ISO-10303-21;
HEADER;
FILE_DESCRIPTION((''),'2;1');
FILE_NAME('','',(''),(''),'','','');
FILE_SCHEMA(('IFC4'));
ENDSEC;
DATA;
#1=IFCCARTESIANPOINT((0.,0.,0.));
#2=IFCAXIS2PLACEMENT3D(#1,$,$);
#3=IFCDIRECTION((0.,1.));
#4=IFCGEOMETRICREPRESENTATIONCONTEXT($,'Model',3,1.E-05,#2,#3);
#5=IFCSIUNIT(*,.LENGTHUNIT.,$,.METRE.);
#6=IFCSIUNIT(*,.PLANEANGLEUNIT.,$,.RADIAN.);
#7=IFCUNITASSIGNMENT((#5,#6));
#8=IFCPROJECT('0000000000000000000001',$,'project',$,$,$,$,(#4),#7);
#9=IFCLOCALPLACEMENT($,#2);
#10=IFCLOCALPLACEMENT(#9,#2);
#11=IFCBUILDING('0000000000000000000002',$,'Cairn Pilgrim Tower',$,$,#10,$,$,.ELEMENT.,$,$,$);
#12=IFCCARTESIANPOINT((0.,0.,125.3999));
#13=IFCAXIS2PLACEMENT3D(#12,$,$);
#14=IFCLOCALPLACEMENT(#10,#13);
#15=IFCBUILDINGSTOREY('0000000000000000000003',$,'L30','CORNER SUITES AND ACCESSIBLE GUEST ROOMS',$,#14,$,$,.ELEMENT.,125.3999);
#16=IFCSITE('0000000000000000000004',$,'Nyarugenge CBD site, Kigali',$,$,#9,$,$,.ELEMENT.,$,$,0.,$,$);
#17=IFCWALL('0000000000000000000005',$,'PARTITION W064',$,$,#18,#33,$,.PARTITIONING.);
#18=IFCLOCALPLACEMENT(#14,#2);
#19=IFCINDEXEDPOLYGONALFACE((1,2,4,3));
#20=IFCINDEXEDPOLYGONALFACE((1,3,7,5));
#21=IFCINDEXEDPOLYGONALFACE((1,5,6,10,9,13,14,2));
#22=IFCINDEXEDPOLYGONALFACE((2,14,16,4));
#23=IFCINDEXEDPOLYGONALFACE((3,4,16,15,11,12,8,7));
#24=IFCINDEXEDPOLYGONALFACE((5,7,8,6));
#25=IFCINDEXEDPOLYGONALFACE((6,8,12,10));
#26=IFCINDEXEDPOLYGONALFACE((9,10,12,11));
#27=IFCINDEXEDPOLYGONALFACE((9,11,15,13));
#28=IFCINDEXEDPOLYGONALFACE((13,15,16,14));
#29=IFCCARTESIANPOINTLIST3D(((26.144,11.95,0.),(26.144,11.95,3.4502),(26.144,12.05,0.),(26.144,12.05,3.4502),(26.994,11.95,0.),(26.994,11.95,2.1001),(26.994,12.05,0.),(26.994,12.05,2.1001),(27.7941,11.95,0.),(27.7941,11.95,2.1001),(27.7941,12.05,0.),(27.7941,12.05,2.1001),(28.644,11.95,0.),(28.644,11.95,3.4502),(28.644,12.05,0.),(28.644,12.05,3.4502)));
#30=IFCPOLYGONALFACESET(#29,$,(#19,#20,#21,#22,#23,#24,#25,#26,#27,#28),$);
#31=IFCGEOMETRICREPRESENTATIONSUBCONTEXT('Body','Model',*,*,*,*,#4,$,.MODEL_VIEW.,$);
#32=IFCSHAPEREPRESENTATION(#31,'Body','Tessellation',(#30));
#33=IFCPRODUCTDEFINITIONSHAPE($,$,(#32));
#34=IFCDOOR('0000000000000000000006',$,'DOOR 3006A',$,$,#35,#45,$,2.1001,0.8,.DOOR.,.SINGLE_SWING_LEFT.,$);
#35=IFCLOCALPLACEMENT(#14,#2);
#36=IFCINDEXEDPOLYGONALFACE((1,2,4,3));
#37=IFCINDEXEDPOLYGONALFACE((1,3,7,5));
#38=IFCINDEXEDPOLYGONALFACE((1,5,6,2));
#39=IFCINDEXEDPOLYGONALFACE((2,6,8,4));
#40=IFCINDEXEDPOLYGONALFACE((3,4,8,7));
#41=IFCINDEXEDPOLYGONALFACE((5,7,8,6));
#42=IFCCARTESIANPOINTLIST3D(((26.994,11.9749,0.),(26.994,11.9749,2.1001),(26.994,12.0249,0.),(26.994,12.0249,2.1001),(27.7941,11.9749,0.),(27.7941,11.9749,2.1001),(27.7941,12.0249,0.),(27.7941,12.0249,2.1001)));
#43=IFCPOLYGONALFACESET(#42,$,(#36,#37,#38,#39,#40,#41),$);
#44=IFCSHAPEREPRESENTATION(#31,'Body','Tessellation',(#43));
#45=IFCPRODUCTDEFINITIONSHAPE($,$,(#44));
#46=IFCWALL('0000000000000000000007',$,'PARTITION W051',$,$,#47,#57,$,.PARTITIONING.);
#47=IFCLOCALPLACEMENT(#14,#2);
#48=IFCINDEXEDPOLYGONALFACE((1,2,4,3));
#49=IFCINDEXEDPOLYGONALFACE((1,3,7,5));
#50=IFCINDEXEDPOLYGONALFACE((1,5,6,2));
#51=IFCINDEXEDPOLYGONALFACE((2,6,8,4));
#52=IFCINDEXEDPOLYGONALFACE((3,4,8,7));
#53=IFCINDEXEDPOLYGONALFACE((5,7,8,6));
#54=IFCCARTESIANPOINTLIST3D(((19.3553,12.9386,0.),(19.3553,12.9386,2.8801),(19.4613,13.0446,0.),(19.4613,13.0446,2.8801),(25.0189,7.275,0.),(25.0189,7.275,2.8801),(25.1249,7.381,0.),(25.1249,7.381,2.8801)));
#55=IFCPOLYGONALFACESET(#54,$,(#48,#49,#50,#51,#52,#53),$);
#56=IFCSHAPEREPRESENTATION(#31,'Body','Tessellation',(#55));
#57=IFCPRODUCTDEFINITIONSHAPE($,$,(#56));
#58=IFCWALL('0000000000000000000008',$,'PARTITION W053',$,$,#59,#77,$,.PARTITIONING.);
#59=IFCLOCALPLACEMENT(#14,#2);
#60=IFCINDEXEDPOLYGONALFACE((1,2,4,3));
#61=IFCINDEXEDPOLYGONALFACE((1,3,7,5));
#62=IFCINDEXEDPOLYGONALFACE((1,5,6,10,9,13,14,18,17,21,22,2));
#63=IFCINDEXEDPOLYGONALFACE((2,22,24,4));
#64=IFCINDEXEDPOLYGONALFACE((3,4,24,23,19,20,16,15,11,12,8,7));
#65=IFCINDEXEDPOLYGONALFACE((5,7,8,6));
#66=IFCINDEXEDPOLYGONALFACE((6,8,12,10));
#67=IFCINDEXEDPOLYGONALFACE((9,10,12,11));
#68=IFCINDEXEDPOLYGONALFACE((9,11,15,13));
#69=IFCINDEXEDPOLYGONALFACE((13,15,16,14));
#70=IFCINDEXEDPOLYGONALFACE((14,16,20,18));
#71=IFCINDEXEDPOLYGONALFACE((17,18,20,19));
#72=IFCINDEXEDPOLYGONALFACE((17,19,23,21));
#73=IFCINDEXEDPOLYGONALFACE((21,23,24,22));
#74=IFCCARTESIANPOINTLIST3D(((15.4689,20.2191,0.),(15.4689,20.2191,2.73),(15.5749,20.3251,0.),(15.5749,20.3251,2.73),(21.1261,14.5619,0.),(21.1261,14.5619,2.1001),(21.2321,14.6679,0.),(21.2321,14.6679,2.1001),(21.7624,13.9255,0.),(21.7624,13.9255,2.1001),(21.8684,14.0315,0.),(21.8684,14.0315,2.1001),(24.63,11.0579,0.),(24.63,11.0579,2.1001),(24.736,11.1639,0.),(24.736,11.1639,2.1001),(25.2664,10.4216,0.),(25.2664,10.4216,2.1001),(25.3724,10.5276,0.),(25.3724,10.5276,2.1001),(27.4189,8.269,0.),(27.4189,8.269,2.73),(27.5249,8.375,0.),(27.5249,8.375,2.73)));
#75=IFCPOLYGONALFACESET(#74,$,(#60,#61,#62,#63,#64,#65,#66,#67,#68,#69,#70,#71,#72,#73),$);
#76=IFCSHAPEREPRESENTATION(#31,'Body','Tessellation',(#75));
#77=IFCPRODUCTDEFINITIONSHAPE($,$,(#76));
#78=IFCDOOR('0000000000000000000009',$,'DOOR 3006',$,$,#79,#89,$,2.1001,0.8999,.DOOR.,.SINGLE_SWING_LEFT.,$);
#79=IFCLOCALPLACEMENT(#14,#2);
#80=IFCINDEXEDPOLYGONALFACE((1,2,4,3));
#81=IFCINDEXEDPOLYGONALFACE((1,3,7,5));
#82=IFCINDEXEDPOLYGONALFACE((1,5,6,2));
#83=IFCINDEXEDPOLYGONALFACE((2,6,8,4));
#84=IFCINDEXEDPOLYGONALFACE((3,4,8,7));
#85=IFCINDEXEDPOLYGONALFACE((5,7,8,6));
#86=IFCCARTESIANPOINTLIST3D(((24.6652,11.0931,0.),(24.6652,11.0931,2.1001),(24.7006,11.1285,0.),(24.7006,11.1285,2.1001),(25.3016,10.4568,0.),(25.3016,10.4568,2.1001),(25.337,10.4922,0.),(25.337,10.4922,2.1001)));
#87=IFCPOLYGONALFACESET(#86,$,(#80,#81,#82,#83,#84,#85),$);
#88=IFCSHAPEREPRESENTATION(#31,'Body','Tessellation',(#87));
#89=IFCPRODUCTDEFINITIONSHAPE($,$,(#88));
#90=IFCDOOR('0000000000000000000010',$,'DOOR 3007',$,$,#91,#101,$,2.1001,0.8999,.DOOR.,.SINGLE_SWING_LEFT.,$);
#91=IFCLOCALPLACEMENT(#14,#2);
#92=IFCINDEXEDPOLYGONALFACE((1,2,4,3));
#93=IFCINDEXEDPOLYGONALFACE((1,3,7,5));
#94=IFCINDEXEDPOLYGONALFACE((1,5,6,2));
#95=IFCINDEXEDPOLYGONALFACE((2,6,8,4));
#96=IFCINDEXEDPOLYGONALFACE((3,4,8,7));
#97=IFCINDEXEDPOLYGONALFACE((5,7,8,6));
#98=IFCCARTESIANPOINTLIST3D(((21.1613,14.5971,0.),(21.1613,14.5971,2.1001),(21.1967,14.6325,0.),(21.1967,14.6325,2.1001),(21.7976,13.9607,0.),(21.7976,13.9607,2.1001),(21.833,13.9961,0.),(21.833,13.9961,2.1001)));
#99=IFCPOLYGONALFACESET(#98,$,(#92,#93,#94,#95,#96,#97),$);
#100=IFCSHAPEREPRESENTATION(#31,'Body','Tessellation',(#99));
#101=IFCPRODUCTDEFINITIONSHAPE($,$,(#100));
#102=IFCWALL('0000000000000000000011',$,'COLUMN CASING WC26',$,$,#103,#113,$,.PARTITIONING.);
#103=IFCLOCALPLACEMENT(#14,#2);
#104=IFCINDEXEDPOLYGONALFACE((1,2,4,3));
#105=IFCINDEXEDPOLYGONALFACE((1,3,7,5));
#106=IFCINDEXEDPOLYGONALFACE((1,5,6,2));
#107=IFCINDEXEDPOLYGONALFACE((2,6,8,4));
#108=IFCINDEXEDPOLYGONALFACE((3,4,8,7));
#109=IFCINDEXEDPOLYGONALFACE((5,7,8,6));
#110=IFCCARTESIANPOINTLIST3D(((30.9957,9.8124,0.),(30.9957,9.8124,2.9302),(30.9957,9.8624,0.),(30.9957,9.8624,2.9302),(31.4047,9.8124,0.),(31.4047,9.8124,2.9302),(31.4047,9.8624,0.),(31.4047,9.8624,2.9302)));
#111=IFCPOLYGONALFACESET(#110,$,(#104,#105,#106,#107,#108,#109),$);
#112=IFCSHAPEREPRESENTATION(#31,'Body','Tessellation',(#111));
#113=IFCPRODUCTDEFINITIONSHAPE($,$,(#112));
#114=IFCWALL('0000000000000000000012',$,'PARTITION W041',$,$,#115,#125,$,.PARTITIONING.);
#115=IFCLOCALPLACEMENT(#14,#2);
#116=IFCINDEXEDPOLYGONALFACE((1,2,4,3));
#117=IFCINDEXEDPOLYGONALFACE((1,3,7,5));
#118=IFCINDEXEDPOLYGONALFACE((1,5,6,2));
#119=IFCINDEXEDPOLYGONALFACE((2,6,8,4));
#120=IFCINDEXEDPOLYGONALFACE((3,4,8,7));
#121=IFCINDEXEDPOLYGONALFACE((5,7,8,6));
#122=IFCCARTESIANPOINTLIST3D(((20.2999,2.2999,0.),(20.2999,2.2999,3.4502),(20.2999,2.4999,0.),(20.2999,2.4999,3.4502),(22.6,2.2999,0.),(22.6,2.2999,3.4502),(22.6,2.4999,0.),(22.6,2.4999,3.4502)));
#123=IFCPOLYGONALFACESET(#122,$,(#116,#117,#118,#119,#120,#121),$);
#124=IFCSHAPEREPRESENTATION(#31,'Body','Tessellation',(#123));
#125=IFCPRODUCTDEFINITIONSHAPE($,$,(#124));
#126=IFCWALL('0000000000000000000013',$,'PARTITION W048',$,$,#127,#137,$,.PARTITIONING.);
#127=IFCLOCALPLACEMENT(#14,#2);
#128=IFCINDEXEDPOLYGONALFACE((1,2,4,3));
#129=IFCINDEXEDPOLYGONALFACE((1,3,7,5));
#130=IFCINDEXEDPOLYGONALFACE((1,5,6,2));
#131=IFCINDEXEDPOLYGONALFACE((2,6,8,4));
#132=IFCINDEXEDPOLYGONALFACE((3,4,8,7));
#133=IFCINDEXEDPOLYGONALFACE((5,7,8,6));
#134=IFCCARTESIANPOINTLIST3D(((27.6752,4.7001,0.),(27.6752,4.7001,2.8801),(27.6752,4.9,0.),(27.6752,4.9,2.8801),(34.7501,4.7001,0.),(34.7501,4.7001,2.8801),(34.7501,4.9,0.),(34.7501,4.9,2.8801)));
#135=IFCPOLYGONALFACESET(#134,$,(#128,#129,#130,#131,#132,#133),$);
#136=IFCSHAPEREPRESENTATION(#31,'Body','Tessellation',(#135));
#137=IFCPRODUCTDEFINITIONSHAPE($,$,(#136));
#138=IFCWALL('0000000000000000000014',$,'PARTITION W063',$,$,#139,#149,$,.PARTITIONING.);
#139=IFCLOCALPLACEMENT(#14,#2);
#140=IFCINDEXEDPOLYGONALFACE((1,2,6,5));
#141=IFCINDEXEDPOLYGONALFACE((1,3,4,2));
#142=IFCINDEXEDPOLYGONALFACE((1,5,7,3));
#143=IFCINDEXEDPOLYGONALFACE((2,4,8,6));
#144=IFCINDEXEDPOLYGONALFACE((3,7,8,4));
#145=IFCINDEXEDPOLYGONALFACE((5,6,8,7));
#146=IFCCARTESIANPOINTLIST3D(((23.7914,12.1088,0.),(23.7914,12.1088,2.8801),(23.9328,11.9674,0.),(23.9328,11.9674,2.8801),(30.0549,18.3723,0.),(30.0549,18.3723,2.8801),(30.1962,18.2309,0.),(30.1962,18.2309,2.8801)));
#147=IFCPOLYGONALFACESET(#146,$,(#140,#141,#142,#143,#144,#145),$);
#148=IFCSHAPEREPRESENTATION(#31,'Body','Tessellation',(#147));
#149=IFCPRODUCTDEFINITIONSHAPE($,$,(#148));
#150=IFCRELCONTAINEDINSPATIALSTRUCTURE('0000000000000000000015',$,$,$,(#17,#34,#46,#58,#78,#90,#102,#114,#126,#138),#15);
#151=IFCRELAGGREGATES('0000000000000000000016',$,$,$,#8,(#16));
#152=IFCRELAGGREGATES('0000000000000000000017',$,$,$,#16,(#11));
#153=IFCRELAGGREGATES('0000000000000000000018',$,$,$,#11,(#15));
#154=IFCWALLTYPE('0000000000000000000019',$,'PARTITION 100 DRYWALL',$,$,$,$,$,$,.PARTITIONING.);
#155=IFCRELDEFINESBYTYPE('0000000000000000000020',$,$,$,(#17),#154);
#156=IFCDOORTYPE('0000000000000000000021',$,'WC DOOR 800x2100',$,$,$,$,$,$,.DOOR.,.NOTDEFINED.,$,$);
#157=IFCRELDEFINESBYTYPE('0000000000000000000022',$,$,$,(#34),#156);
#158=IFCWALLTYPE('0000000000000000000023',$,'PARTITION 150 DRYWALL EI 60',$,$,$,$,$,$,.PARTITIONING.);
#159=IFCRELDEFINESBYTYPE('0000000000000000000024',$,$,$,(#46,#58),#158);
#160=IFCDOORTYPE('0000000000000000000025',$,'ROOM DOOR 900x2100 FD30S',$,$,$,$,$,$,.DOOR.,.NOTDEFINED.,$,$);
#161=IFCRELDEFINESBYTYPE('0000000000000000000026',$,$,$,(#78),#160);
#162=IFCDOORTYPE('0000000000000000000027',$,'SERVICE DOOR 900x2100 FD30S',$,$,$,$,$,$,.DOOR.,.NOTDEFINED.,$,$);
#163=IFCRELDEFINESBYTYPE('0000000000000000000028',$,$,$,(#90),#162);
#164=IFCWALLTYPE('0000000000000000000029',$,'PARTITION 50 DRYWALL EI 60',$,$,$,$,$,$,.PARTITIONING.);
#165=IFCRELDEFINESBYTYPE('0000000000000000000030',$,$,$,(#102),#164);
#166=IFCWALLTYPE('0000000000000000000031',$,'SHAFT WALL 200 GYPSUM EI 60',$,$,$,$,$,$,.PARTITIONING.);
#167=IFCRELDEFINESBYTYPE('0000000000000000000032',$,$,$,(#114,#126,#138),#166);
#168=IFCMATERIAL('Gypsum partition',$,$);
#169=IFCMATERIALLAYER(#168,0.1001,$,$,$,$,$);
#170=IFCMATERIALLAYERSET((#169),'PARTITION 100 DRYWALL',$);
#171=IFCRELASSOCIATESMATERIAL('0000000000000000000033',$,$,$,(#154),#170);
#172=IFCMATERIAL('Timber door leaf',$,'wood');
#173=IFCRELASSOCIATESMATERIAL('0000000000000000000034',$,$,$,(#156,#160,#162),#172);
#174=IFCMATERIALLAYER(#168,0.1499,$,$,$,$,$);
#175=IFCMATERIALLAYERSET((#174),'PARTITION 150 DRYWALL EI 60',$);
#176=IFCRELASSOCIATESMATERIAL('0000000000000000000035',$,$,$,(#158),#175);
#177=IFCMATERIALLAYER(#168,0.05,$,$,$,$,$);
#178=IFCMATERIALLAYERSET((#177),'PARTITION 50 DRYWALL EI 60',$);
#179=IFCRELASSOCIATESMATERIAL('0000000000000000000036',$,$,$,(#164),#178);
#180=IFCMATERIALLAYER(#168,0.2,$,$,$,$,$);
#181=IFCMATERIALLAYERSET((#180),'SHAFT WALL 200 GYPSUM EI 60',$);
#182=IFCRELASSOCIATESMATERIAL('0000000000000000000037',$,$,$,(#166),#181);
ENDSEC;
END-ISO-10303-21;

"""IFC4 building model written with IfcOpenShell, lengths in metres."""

from ifc_helpers import new_model, si_unit, direction, frame, frame_2d, origin, place, context, subcontext, project, spatial, rectangle, extrude, material, layer, layer_set, type_object, element, fill, save


model = new_model("IFC4")

# Units and contexts
model_context = context("Model", 3, precision=1e-05, world=origin(), true_north=direction((0.0, 1.0)))
body_context = subcontext(model_context, "Body", "Model", "MODEL_VIEW")
ifc_project = project(units=[si_unit("LENGTHUNIT", "METRE"), si_unit("PLANEANGLEUNIT", "RADIAN")], contexts=[model_context])

# Site, building, storey
site_placement = place(None, origin())
site = spatial("IfcSite", under=ifc_project, at=site_placement, Name="Nyarugenge CBD site, Kigali", CompositionType="ELEMENT", RefElevation=0.0)
building_placement = place(site_placement, origin())
building = spatial("IfcBuilding", under=site, at=building_placement, Name="Cairn Pilgrim Tower", CompositionType="ELEMENT")
storey_placement = place(building_placement, frame((0.0, 0.0, 125.3999)))
storey = spatial("IfcBuildingStorey", under=building, at=storey_placement, Name="L30", Description="CORNER SUITES AND ACCESSIBLE GUEST ROOMS", CompositionType="ELEMENT", Elevation=125.3999)

# Shared definitions
ifc_material_1 = material(Name="Gypsum partition")
ifc_layer_1 = layer(ifc_material_1, 0.1001)
ifc_layer_set_1 = layer_set([ifc_layer_1], Name="PARTITION 100 DRYWALL")
wall_type_1 = type_object("IfcWallType", Name="PARTITION 100 DRYWALL", PredefinedType="PARTITIONING", material=ifc_layer_set_1)

# Shared definitions
ifc_material_2 = material(Name="Timber door leaf", Category="wood")
door_type_1 = type_object("IfcDoorType", Name="WC DOOR 800x2100", OperationType="NOTDEFINED", PredefinedType="DOOR", material=ifc_material_2)

# Wall, opening, door
wall_1_placement = place(storey_placement, frame((26.144, 12.0, 0.0), z_axis=(0.0, 0.0, 1.0), x_axis=(1.0, 0.0, 0.0)))
wall_1 = element("IfcWall", 1, at=wall_1_placement, inside=storey, type_object=wall_type_1, Name="PARTITION W064", PredefinedType="PARTITIONING", context=body_context, shape_type="SweptSolid", body=[
    extrude(rectangle(XDim=2.5, YDim=0.1001, at=frame_2d((1.25, 0.0))), origin(), (0.0, 0.0, 1.0), 3.4502),
])
opening_1_placement = place(wall_1_placement, frame((0.8501, 0.0, 0.0)))
opening_1 = element("IfcOpeningElement", 2, at=opening_1_placement, cuts=wall_1, PredefinedType="OPENING", context=body_context, shape_type="SweptSolid", body=[
    extrude(rectangle(XDim=0.8, YDim=2.1001, at=frame_2d((0.3999, 1.05))), frame((0.0, 0.0601, 0.0), z_axis=(0.0, -1.0, 0.0), x_axis=(1.0, 0.0, 0.0)), (0.0, 0.0, 1.0), 0.1201),
])
door_1_placement = place(opening_1_placement, origin())
door_1 = element("IfcDoor", 3, at=door_1_placement, inside=storey, type_object=door_type_1, Name="DOOR 3006A", OperationType="SINGLE_SWING_LEFT", OverallHeight=2.1001, OverallWidth=0.8, PredefinedType="DOOR", context=body_context, shape_type="SweptSolid", body=[
    extrude(rectangle(XDim=0.8, YDim=2.1001, at=frame_2d((0.3999, 1.05))), frame((0.0, 0.0249, 0.0), z_axis=(0.0, -1.0, 0.0), x_axis=(1.0, 0.0, 0.0)), (0.0, 0.0, 1.0), 0.05),
])
fill(opening_1, door_1)

# Wall
ifc_layer_2 = layer(ifc_material_1, 0.1499)
ifc_layer_set_2 = layer_set([ifc_layer_2], Name="PARTITION 150 DRYWALL EI 60")
wall_type_2 = type_object("IfcWallType", Name="PARTITION 150 DRYWALL EI 60", PredefinedType="PARTITIONING", material=ifc_layer_set_2)
wall_2_placement = place(storey_placement, frame((25.072, 7.3279, 0.0), z_axis=(0.0, 0.0, 1.0), x_axis=(-0.707107, 0.707107, 0.0)))
element("IfcWall", 4, at=wall_2_placement, inside=storey, type_object=wall_type_2, Name="PARTITION W051", PredefinedType="PARTITIONING", context=body_context, shape_type="SweptSolid", body=[
    extrude(rectangle(XDim=8.0095, YDim=0.1499, at=frame_2d((4.0049, 0.0))), origin(), (0.0, 0.0, 1.0), 2.8801),
])

# Wall, openings, doors
wall_3_placement = place(storey_placement, frame((27.4719, 8.322, 0.0), z_axis=(0.0, 0.0, 1.0), x_axis=(-0.707107, 0.707107, 0.0)))
wall_3 = element("IfcWall", 5, at=wall_3_placement, inside=storey, type_object=wall_type_2, Name="PARTITION W053", PredefinedType="PARTITIONING", context=body_context, shape_type="SweptSolid", body=[
    extrude(rectangle(XDim=16.8999, YDim=0.1499, at=frame_2d((8.45, 0.0))), origin(), (0.0, 0.0, 1.0), 2.73),
])
opening_2_placement = place(wall_3_placement, frame((3.0442, 0.0, 0.0)))
opening_2 = element("IfcOpeningElement", 6, at=opening_2_placement, cuts=wall_3, PredefinedType="OPENING", context=body_context, shape_type="SweptSolid", body=[
    extrude(rectangle(XDim=0.8999, YDim=2.1001, at=frame_2d((0.45, 1.05))), frame((0.0, 0.085, 0.0), z_axis=(0.0, -1.0, 0.0), x_axis=(1.0, 0.0, 0.0)), (0.0, 0.0, 1.0), 0.1699),
])
opening_3_placement = place(wall_3_placement, frame((7.9995, 0.0, 0.0)))
opening_3 = element("IfcOpeningElement", 7, at=opening_3_placement, cuts=wall_3, PredefinedType="OPENING", context=body_context, shape_type="SweptSolid", body=[
    extrude(rectangle(XDim=0.8999, YDim=2.1001, at=frame_2d((0.45, 1.05))), frame((0.0, 0.085, 0.0), z_axis=(0.0, -1.0, 0.0), x_axis=(1.0, 0.0, 0.0)), (0.0, 0.0, 1.0), 0.1699),
])
door_type_2 = type_object("IfcDoorType", Name="ROOM DOOR 900x2100 FD30S", OperationType="NOTDEFINED", PredefinedType="DOOR", material=ifc_material_2)
door_2_placement = place(opening_2_placement, frame((0.8999, 0.0, 0.0), z_axis=(0.0, 0.0, 1.0), x_axis=(-1.0, 0.0, 0.0)))
door_2 = element("IfcDoor", 8, at=door_2_placement, inside=storey, type_object=door_type_2, Name="DOOR 3006", OperationType="SINGLE_SWING_LEFT", OverallHeight=2.1001, OverallWidth=0.8999, PredefinedType="DOOR", context=body_context, shape_type="SweptSolid", body=[
    extrude(rectangle(XDim=0.8999, YDim=2.1001, at=frame_2d((0.45, 1.05))), frame((0.0, 0.0249, 0.0), z_axis=(0.0, -1.0, 0.0), x_axis=(1.0, 0.0, 0.0)), (0.0, 0.0, 1.0), 0.05),
])
fill(opening_2, door_2)
door_type_3 = type_object("IfcDoorType", Name="SERVICE DOOR 900x2100 FD30S", OperationType="NOTDEFINED", PredefinedType="DOOR", material=ifc_material_2)
door_3_placement = place(opening_3_placement, frame((0.8999, 0.0, 0.0), z_axis=(0.0, 0.0, 1.0), x_axis=(-1.0, 0.0, 0.0)))
door_3 = element("IfcDoor", 9, at=door_3_placement, inside=storey, type_object=door_type_3, Name="DOOR 3007", OperationType="SINGLE_SWING_LEFT", OverallHeight=2.1001, OverallWidth=0.8999, PredefinedType="DOOR", context=body_context, shape_type="SweptSolid", body=[
    extrude(rectangle(XDim=0.8999, YDim=2.1001, at=frame_2d((0.45, 1.05))), frame((0.0, 0.0249, 0.0), z_axis=(0.0, -1.0, 0.0), x_axis=(1.0, 0.0, 0.0)), (0.0, 0.0, 1.0), 0.05),
])
fill(opening_3, door_3)

# Walls
ifc_layer_3 = layer(ifc_material_1, 0.05)
ifc_layer_set_3 = layer_set([ifc_layer_3], Name="PARTITION 50 DRYWALL EI 60")
wall_type_3 = type_object("IfcWallType", Name="PARTITION 50 DRYWALL EI 60", PredefinedType="PARTITIONING", material=ifc_layer_set_3)
wall_4_placement = place(storey_placement, frame((30.9956, 9.8374, 0.0), z_axis=(0.0, 0.0, 1.0), x_axis=(1.0, 0.0, 0.0)))
element("IfcWall", 10, at=wall_4_placement, inside=storey, type_object=wall_type_3, Name="COLUMN CASING WC26", PredefinedType="PARTITIONING", context=body_context, shape_type="SweptSolid", body=[
    extrude(rectangle(XDim=0.4089, YDim=0.05, at=frame_2d((0.2046, 0.0))), origin(), (0.0, 0.0, 1.0), 2.9302),
])
ifc_layer_4 = layer(ifc_material_1, 0.2)
ifc_layer_set_4 = layer_set([ifc_layer_4], Name="SHAFT WALL 200 GYPSUM EI 60")
wall_type_4 = type_object("IfcWallType", Name="SHAFT WALL 200 GYPSUM EI 60", PredefinedType="PARTITIONING", material=ifc_layer_set_4)
wall_5_placement = place(storey_placement, frame((20.3, 2.3999, 0.0), z_axis=(0.0, 0.0, 1.0), x_axis=(1.0, 0.0, 0.0)))
element("IfcWall", 11, at=wall_5_placement, inside=storey, type_object=wall_type_4, Name="PARTITION W041", PredefinedType="PARTITIONING", context=body_context, shape_type="SweptSolid", body=[
    extrude(rectangle(XDim=2.3, YDim=0.2, at=frame_2d((1.1499, 0.0))), origin(), (0.0, 0.0, 1.0), 3.4502),
])
wall_6_placement = place(storey_placement, frame((27.675, 4.8, 0.0), z_axis=(0.0, 0.0, 1.0), x_axis=(1.0, 0.0, 0.0)))
element("IfcWall", 12, at=wall_6_placement, inside=storey, type_object=wall_type_4, Name="PARTITION W048", PredefinedType="PARTITIONING", context=body_context, shape_type="SweptSolid", body=[
    extrude(rectangle(XDim=7.075, YDim=0.2, at=frame_2d((3.5376, 0.0))), origin(), (0.0, 0.0, 1.0), 2.8801),
])
wall_7_placement = place(storey_placement, frame((23.8621, 12.0381, 0.0), z_axis=(0.0, 0.0, 1.0), x_axis=(0.707107, 0.707107, 0.0)))
element("IfcWall", 13, at=wall_7_placement, inside=storey, type_object=wall_type_4, Name="PARTITION W063", PredefinedType="PARTITIONING", context=body_context, shape_type="SweptSolid", body=[
    extrude(rectangle(XDim=8.8579, YDim=0.2, at=frame_2d((4.429, 0.0))), origin(), (0.0, 0.0, 1.0), 2.8801),
])

save(model, "model.ifc")
